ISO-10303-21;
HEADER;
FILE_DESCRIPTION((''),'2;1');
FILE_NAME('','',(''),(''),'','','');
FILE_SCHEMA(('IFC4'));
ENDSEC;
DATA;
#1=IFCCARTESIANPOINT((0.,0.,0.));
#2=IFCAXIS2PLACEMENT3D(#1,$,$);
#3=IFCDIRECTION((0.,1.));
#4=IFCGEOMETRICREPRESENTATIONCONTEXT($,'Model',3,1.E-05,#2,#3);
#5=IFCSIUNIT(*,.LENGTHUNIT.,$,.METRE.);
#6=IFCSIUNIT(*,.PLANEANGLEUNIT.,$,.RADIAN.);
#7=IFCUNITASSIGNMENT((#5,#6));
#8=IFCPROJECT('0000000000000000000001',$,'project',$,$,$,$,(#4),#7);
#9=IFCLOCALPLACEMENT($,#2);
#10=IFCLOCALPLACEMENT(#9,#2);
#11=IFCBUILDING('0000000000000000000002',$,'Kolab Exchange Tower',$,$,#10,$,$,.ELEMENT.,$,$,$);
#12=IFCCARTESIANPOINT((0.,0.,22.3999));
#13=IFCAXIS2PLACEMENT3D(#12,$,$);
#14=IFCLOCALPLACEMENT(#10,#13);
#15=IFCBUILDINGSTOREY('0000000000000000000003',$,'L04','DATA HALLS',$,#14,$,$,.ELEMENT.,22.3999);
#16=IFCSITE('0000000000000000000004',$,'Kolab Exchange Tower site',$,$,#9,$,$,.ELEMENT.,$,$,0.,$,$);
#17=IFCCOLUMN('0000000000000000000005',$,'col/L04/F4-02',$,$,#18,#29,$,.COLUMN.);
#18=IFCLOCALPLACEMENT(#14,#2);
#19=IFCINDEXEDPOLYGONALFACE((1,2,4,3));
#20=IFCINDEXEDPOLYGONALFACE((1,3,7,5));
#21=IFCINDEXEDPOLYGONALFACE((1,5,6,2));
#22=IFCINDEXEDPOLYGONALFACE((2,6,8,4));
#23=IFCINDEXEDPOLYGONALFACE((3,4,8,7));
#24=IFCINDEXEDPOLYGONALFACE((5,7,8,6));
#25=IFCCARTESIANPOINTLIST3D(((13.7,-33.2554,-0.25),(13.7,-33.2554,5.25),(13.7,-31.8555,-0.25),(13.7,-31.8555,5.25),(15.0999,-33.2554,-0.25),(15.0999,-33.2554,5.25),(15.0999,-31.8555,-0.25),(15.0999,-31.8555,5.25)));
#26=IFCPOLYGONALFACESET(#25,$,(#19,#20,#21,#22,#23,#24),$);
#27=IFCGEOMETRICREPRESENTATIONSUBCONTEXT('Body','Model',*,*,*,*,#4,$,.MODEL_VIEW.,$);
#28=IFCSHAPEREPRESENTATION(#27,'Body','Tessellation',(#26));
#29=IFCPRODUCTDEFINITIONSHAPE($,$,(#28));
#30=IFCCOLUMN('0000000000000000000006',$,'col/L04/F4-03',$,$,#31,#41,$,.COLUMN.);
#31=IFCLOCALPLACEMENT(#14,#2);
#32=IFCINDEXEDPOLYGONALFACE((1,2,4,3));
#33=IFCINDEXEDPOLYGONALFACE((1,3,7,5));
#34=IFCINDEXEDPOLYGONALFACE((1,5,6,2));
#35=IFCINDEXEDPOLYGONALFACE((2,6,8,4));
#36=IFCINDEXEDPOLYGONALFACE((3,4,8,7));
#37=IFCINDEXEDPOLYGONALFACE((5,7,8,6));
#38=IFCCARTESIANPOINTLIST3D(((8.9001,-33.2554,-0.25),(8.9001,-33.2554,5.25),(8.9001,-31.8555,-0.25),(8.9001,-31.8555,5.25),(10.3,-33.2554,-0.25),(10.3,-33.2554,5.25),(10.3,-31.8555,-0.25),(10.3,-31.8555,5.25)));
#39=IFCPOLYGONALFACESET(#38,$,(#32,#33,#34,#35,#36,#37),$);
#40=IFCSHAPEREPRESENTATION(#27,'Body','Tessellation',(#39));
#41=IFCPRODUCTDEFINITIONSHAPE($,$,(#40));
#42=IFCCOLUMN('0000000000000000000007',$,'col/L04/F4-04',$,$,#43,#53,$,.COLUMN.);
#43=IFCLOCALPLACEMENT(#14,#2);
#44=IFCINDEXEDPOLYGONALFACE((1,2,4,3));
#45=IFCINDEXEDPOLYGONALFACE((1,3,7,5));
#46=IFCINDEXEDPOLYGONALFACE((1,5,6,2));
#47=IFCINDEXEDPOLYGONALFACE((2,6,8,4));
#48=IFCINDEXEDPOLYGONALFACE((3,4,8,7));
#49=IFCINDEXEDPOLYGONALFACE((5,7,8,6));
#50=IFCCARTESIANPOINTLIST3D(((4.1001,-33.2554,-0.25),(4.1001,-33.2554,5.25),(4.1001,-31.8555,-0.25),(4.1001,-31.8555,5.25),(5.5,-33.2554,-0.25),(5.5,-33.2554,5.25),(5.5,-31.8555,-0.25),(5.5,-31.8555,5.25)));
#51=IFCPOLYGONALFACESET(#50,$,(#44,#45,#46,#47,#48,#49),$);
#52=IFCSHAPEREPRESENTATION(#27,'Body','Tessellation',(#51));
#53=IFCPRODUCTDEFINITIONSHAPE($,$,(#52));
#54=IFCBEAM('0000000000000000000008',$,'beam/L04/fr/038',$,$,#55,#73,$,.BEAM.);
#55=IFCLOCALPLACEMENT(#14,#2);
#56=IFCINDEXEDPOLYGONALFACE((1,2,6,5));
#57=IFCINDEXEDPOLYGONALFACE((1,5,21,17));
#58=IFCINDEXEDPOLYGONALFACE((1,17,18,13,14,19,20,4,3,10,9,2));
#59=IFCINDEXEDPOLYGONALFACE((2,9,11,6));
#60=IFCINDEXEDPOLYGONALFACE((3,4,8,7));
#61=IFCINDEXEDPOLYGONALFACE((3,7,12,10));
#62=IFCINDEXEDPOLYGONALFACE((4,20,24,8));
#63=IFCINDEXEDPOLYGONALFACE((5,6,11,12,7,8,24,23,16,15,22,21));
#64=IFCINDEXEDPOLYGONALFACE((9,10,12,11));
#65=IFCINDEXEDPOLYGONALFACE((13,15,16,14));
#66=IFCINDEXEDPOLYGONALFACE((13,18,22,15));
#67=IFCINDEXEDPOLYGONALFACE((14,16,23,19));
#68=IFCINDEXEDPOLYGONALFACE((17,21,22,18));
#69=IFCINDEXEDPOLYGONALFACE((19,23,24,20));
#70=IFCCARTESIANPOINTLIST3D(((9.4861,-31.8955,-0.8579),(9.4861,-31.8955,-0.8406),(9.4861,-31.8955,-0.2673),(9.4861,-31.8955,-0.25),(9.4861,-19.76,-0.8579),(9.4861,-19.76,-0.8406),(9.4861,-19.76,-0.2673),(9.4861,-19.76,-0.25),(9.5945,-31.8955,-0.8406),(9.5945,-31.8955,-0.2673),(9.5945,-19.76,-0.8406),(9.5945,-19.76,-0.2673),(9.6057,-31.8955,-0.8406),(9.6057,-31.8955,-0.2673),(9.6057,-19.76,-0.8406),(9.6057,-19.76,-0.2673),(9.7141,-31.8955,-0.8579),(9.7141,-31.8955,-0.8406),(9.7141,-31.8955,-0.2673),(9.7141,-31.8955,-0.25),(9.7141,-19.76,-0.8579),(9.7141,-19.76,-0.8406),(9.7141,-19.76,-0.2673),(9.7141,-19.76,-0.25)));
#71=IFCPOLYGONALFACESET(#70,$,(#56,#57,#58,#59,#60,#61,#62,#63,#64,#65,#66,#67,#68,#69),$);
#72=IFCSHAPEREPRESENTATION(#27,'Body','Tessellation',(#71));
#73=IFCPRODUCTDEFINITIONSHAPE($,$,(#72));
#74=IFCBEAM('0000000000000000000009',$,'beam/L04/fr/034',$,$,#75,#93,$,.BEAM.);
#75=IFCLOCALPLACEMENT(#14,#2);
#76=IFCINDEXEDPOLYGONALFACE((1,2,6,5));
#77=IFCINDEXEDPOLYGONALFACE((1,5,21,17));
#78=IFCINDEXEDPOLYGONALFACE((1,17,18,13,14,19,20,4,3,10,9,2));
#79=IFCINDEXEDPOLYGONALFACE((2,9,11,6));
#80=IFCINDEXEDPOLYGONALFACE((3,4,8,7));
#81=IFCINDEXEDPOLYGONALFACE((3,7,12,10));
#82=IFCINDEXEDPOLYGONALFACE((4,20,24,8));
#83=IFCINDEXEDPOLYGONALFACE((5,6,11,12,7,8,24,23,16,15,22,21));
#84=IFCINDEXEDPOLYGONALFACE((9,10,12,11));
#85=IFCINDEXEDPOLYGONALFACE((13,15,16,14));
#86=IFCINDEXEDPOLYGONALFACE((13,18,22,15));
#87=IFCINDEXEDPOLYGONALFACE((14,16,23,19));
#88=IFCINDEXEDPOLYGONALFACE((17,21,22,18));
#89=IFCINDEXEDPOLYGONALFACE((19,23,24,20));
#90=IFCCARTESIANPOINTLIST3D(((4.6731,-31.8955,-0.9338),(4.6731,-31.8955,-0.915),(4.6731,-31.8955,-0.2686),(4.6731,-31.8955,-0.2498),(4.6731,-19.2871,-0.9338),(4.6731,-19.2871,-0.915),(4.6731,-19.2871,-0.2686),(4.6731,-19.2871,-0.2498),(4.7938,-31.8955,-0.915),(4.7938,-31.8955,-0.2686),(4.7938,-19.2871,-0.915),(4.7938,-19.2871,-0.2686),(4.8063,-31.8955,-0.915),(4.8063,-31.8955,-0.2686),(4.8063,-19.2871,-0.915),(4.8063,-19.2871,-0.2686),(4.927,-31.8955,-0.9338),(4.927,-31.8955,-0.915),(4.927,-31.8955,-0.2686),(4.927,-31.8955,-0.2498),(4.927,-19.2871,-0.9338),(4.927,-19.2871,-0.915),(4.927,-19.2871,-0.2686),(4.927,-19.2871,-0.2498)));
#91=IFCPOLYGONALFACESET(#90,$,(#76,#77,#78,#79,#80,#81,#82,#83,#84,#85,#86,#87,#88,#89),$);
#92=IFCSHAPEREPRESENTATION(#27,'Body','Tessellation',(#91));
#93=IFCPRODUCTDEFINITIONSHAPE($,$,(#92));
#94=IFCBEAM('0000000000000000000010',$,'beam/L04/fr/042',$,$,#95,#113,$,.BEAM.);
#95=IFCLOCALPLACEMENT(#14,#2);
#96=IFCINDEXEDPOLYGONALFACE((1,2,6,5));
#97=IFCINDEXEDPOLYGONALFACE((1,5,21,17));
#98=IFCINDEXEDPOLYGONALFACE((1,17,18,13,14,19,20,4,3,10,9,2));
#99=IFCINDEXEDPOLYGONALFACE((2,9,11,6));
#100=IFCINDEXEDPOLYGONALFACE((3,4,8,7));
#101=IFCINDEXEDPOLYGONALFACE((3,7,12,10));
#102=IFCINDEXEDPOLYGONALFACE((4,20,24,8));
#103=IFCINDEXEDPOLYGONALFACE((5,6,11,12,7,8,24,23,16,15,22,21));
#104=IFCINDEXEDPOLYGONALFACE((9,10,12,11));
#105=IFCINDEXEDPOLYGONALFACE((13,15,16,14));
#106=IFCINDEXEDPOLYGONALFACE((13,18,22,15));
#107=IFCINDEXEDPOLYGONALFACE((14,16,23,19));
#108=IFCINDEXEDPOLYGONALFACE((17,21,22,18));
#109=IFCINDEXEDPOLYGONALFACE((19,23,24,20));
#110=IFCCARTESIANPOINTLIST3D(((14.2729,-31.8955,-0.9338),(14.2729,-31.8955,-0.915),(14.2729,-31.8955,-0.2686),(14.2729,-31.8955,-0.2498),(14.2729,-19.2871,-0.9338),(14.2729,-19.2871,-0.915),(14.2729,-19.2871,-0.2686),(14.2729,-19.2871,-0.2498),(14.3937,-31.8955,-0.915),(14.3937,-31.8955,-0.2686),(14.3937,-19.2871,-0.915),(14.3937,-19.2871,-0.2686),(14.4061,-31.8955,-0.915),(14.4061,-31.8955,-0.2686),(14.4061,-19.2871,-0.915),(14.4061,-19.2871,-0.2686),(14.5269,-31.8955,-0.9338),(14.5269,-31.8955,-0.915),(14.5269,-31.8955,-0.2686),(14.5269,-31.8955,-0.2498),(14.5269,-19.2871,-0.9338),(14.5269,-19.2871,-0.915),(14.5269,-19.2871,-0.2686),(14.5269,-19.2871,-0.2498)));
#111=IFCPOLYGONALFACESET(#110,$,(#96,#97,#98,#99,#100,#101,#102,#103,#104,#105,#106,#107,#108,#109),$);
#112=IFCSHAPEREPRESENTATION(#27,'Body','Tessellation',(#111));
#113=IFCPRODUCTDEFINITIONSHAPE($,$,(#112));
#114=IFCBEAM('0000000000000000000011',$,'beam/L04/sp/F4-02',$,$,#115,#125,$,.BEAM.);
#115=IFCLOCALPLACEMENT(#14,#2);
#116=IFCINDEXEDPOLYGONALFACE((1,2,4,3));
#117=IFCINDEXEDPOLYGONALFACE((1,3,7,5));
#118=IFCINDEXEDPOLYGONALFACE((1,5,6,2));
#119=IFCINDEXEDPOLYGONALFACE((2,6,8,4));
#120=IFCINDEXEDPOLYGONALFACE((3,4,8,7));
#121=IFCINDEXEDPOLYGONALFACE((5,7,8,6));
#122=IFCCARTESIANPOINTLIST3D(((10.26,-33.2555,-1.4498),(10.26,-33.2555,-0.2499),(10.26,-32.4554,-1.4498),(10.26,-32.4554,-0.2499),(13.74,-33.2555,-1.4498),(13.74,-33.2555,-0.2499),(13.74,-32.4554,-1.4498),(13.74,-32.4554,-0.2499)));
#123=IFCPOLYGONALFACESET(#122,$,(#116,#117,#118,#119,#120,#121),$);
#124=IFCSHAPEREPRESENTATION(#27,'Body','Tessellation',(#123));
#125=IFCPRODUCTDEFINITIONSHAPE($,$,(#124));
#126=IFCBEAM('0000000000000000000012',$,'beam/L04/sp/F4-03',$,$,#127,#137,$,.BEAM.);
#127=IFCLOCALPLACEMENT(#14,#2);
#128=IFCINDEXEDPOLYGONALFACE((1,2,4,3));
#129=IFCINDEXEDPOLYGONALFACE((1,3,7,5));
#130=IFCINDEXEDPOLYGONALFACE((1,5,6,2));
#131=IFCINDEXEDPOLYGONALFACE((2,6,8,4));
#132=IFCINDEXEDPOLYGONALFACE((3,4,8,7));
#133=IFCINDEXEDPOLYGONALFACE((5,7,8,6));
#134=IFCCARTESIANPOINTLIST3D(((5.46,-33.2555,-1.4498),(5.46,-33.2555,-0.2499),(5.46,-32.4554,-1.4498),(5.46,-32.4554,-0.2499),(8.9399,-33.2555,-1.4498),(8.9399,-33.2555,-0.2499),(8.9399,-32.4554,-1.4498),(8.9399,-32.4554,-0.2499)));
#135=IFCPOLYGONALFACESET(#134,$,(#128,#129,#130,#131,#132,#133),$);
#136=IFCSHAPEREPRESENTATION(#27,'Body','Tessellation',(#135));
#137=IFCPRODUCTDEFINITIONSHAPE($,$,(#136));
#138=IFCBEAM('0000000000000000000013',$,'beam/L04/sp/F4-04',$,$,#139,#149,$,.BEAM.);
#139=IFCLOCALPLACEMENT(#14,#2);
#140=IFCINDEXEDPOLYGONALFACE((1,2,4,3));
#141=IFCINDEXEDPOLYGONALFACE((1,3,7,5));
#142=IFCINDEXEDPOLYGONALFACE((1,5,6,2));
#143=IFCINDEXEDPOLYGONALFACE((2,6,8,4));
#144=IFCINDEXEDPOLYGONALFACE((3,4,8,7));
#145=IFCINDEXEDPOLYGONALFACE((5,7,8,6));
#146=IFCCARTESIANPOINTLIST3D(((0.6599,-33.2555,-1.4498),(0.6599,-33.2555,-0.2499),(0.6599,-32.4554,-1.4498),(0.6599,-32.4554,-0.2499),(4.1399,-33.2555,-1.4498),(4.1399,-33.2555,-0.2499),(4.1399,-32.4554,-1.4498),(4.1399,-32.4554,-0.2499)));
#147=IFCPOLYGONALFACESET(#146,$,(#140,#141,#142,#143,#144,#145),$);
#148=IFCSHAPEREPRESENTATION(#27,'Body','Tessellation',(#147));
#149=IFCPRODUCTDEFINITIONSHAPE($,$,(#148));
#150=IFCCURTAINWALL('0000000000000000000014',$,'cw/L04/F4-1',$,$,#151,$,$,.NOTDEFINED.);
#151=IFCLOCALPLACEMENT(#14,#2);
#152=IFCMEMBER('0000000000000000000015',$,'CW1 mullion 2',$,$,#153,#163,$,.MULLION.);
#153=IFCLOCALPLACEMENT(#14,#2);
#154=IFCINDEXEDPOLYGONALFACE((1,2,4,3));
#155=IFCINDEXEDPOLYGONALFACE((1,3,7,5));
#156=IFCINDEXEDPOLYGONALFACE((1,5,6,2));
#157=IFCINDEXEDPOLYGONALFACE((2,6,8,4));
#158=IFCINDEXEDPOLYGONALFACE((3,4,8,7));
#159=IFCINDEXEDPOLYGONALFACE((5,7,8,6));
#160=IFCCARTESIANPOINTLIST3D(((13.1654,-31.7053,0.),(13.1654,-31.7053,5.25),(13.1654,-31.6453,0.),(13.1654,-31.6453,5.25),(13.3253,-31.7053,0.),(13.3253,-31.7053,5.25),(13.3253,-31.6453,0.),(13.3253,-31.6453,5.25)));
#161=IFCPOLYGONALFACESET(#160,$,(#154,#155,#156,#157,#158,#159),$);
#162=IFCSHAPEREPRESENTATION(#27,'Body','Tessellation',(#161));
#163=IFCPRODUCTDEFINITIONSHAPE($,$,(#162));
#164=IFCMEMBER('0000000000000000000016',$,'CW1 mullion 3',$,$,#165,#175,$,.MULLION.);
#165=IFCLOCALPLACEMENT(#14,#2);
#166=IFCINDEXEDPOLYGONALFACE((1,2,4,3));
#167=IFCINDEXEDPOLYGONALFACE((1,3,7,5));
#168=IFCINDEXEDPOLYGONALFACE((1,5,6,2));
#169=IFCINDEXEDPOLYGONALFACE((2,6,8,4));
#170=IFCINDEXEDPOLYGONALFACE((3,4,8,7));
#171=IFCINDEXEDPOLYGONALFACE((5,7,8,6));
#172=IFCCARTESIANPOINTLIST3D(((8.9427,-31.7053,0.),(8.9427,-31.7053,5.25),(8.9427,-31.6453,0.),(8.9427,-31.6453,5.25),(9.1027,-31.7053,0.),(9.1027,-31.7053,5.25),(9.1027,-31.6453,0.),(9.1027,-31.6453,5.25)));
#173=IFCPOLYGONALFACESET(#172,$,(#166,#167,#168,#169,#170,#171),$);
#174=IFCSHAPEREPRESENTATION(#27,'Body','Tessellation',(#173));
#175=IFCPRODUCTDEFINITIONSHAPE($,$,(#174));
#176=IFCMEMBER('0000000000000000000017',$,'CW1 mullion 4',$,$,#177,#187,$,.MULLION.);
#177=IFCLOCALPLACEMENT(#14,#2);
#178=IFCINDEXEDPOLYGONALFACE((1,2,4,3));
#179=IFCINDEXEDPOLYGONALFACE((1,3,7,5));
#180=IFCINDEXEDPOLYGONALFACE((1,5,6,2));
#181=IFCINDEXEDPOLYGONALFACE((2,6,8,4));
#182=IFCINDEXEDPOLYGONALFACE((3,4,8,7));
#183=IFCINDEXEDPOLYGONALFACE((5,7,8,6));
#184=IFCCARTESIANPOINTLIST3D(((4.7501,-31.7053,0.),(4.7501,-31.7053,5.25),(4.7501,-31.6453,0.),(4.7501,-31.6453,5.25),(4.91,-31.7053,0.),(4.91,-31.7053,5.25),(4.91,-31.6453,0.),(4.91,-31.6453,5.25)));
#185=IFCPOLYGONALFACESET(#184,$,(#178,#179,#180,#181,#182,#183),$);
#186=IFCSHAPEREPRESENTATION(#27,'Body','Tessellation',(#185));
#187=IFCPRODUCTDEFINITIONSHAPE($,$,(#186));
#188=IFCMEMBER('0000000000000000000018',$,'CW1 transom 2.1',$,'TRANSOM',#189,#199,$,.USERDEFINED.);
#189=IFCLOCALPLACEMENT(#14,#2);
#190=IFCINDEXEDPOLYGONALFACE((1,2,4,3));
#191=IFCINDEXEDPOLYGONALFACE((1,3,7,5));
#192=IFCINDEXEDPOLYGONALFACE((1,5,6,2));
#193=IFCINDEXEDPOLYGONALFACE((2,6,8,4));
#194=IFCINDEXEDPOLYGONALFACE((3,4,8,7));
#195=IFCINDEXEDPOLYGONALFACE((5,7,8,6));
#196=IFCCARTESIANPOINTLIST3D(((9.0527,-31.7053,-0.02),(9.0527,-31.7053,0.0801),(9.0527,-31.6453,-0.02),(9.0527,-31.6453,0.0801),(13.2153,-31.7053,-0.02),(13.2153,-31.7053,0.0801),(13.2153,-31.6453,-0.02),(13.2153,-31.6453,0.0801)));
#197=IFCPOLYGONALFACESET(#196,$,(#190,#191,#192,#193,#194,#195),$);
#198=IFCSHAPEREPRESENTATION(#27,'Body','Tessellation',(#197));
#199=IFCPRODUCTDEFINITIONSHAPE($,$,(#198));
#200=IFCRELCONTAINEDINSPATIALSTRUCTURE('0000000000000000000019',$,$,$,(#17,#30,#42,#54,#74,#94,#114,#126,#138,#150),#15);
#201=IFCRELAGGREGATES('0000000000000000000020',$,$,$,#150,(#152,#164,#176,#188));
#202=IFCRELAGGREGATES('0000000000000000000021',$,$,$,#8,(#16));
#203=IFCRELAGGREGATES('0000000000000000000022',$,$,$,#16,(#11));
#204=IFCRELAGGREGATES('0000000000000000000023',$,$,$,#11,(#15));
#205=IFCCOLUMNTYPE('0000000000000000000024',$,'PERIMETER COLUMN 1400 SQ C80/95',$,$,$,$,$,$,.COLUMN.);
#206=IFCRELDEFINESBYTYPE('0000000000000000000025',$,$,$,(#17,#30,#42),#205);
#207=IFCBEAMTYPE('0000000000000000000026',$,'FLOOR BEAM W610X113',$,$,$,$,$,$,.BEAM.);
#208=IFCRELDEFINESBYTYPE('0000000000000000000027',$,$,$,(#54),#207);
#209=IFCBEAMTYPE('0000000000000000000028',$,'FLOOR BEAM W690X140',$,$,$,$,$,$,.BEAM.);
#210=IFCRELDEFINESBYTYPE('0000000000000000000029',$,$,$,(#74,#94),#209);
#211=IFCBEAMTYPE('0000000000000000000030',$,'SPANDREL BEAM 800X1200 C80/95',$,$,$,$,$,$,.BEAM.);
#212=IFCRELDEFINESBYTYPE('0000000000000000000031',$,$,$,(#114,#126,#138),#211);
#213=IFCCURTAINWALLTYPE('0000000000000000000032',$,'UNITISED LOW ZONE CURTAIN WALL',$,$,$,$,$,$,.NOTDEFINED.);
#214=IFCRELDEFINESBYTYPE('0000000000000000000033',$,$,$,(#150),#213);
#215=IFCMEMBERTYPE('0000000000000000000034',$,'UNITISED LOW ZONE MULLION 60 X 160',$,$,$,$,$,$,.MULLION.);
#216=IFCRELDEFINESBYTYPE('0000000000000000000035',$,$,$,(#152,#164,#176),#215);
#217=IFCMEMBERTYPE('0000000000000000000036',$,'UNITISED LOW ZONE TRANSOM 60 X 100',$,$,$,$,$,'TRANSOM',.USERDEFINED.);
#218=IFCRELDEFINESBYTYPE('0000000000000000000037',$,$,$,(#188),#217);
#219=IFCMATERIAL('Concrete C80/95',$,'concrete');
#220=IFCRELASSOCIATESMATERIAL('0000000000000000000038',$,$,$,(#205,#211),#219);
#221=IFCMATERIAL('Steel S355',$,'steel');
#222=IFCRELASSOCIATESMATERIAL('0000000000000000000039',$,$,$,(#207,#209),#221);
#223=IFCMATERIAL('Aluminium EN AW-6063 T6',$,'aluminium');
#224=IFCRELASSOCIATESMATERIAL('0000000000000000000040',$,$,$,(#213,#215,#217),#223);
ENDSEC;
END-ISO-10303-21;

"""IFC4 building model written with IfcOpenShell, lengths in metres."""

from ifc_helpers import new_model, si_unit, direction, frame, origin, origin_2d, place, context, subcontext, project, spatial, rectangle, i_section, extrude, material, material_profile, profile_set, type_object, element, aggregate, save


model = new_model("IFC4")

# Units and contexts
model_context = context("Model", 3, precision=1e-05, world=origin(), true_north=direction((0.0, 1.0)))
body_context = subcontext(model_context, "Body", "Model", "MODEL_VIEW")
ifc_project = project(units=[si_unit("LENGTHUNIT", "METRE"), si_unit("PLANEANGLEUNIT", "RADIAN")], contexts=[model_context])

# Site, building, storey
site_placement = place(None, origin())
site = spatial("IfcSite", under=ifc_project, at=site_placement, Name="Kolab Exchange Tower site", CompositionType="ELEMENT", RefElevation=0.0)
building_placement = place(site_placement, origin())
building = spatial("IfcBuilding", under=site, at=building_placement, Name="Kolab Exchange Tower", CompositionType="ELEMENT")
storey_placement = place(building_placement, frame((0.0, 0.0, 22.3999)))
storey = spatial("IfcBuildingStorey", under=building, at=storey_placement, Name="L04", Description="DATA HALLS", CompositionType="ELEMENT", Elevation=22.3999)

# Columns
ifc_material_1 = material(Name="Concrete C80/95", Category="concrete")
ifc_material_profile_1 = material_profile(ifc_material_1, rectangle(XDim=1.3999, YDim=1.3999, at=origin_2d()), Name="RC1400")
ifc_profile_set_1 = profile_set([ifc_material_profile_1], Name="Concrete C80/95")
column_type = type_object("IfcColumnType", Name="PERIMETER COLUMN 1400 SQ C80/95", PredefinedType="COLUMN", material=ifc_profile_set_1)
for number, where, z_axis, x_axis, name in (
    (1, (14.3999, -32.5554, -0.25), (0.0, 0.0, 1.0), (1.0, 0.0, 0.0), "col/L04/F4-02"),
    (2, (9.6001, -32.5554, -0.25), (0.0, 0.0, 1.0), (1.0, 0.0, 0.0), "col/L04/F4-03"),
    (3, (4.8, -32.5554, -0.25), (0.0, 0.0, 1.0), (1.0, 0.0, 0.0), "col/L04/F4-04"),
):
    element("IfcColumn", number, at=place(storey_placement, frame(where, z_axis=z_axis, x_axis=x_axis)), inside=storey, type_object=column_type, Name=name, PredefinedType="COLUMN", context=body_context, shape_type="SweptSolid", body=[
        extrude(rectangle(XDim=1.3999, YDim=1.3999, at=origin_2d()), origin(), (0.0, 0.0, 1.0), 5.5),
    ])

# Beams
ifc_material_2 = material(Name="Steel S355", Category="steel")
ifc_material_profile_2 = material_profile(ifc_material_2, i_section(OverallWidth=0.228, OverallDepth=0.6079, WebThickness=0.0112, FlangeThickness=0.0173, at=origin_2d()), Name="W610X113")
ifc_profile_set_2 = profile_set([ifc_material_profile_2], Name="Steel S355")
beam_type_1 = type_object("IfcBeamType", Name="FLOOR BEAM W610X113", PredefinedType="BEAM", material=ifc_profile_set_2)
beam_placement = place(storey_placement, frame((9.6001, -31.8955, -0.554), z_axis=(0.0, 1.0, 0.0), x_axis=(-1.0, 0.0, 0.0)))
element("IfcBeam", 4, at=beam_placement, inside=storey, type_object=beam_type_1, Name="beam/L04/fr/038", PredefinedType="BEAM", context=body_context, shape_type="SweptSolid", body=[
    extrude(i_section(OverallWidth=0.228, OverallDepth=0.6079, WebThickness=0.0112, FlangeThickness=0.0173, at=origin_2d()), origin(), (0.0, 0.0, 1.0), 12.1355),
])
ifc_material_profile_3 = material_profile(ifc_material_2, i_section(OverallWidth=0.2539, OverallDepth=0.6841, WebThickness=0.0125, FlangeThickness=0.0188, at=origin_2d()), Name="W690X140")
ifc_profile_set_3 = profile_set([ifc_material_profile_3], Name="Steel S355")
beam_type_2 = type_object("IfcBeamType", Name="FLOOR BEAM W690X140", PredefinedType="BEAM", material=ifc_profile_set_3)
for number, where, z_axis, x_axis, name in (
    (5, (4.8, -31.8955, -0.5918), (0.0, 1.0, 0.0), (-1.0, 0.0, 0.0), "beam/L04/fr/034"),
    (6, (14.3999, -31.8955, -0.5918), (0.0, 1.0, 0.0), (-1.0, 0.0, 0.0), "beam/L04/fr/042"),
):
    element("IfcBeam", number, at=place(storey_placement, frame(where, z_axis=z_axis, x_axis=x_axis)), inside=storey, type_object=beam_type_2, Name=name, PredefinedType="BEAM", context=body_context, shape_type="SweptSolid", body=[
        extrude(i_section(OverallWidth=0.2539, OverallDepth=0.6841, WebThickness=0.0125, FlangeThickness=0.0188, at=origin_2d()), origin(), (0.0, 0.0, 1.0), 12.6084),
    ])
ifc_material_profile_4 = material_profile(ifc_material_1, rectangle(XDim=0.8, YDim=1.2, at=origin_2d()), Name="RC800X1200")
ifc_profile_set_4 = profile_set([ifc_material_profile_4], Name="Concrete C80/95")
beam_type_3 = type_object("IfcBeamType", Name="SPANDREL BEAM 800X1200 C80/95", PredefinedType="BEAM", material=ifc_profile_set_4)
for number, where, z_axis, x_axis, name in (
    (7, (13.74, -32.8555, -0.8499), (-1.0, 0.0, 0.0), (0.0, -1.0, 0.0), "beam/L04/sp/F4-02"),
    (8, (8.9399, -32.8555, -0.8499), (-1.0, 0.0, 0.0), (0.0, -1.0, 0.0), "beam/L04/sp/F4-03"),
    (9, (4.1399, -32.8555, -0.8499), (-1.0, 0.0, 0.0), (0.0, -1.0, 0.0), "beam/L04/sp/F4-04"),
):
    element("IfcBeam", number, at=place(storey_placement, frame(where, z_axis=z_axis, x_axis=x_axis)), inside=storey, type_object=beam_type_3, Name=name, PredefinedType="BEAM", context=body_context, shape_type="SweptSolid", body=[
        extrude(rectangle(XDim=0.8, YDim=1.2, at=origin_2d()), origin(), (0.0, 0.0, 1.0), 3.48),
    ])

# Curtain wall, members
ifc_material_3 = material(Name="Aluminium EN AW-6063 T6", Category="aluminium")
curtain_wall_type = type_object("IfcCurtainWallType", Name="UNITISED LOW ZONE CURTAIN WALL", PredefinedType="NOTDEFINED", material=ifc_material_3)
curtain_wall_placement = place(storey_placement, origin())
curtain_wall = element("IfcCurtainWall", 10, at=curtain_wall_placement, inside=storey, type_object=curtain_wall_type, Name="cw/L04/F4-1", PredefinedType="NOTDEFINED")
ifc_material_profile_5 = material_profile(ifc_material_3, rectangle(XDim=0.0601, YDim=0.1599, at=origin_2d()), Name="RECT 60X160")
ifc_profile_set_5 = profile_set([ifc_material_profile_5], Name="Aluminium EN AW-6063 T6")
member_type_1 = type_object("IfcMemberType", Name="UNITISED LOW ZONE MULLION 60 X 160", PredefinedType="MULLION", material=ifc_profile_set_5)
member_1_placement = place(storey_placement, frame((13.2454, -31.6753, 0.0), z_axis=(0.0, 0.0, 1.0), x_axis=(0.0, -1.0, 0.0)))
member_1 = element("IfcMember", 11, at=member_1_placement, type_object=member_type_1, Name="CW1 mullion 2", PredefinedType="MULLION", context=body_context, shape_type="SweptSolid", body=[
    extrude(rectangle(XDim=0.0601, YDim=0.1599, at=origin_2d()), origin(), (0.0, 0.0, 1.0), 5.25),
])
member_2_placement = place(storey_placement, frame((9.0227, -31.6753, 0.0), z_axis=(0.0, 0.0, 1.0), x_axis=(0.0, -1.0, 0.0)))
member_2 = element("IfcMember", 12, at=member_2_placement, type_object=member_type_1, Name="CW1 mullion 3", PredefinedType="MULLION", context=body_context, shape_type="SweptSolid", body=[
    extrude(rectangle(XDim=0.0601, YDim=0.1599, at=origin_2d()), origin(), (0.0, 0.0, 1.0), 5.25),
])
member_3_placement = place(storey_placement, frame((4.8301, -31.6753, 0.0), z_axis=(0.0, 0.0, 1.0), x_axis=(0.0, -1.0, 0.0)))
member_3 = element("IfcMember", 13, at=member_3_placement, type_object=member_type_1, Name="CW1 mullion 4", PredefinedType="MULLION", context=body_context, shape_type="SweptSolid", body=[
    extrude(rectangle(XDim=0.0601, YDim=0.1599, at=origin_2d()), origin(), (0.0, 0.0, 1.0), 5.25),
])
ifc_material_profile_6 = material_profile(ifc_material_3, rectangle(XDim=0.0601, YDim=0.1001, at=origin_2d()), Name="RECT 60X100")
ifc_profile_set_6 = profile_set([ifc_material_profile_6], Name="Aluminium EN AW-6063 T6")
member_type_2 = type_object("IfcMemberType", Name="UNITISED LOW ZONE TRANSOM 60 X 100", ElementType="TRANSOM", PredefinedType="USERDEFINED", material=ifc_profile_set_6)
member_4_placement = place(storey_placement, frame((13.2153, -31.6753, 0.03), z_axis=(-1.0, 0.0, 0.0), x_axis=(0.0, -1.0, 0.0)))
member_4 = element("IfcMember", 14, at=member_4_placement, type_object=member_type_2, Name="CW1 transom 2.1", ObjectType="TRANSOM", PredefinedType="USERDEFINED", context=body_context, shape_type="SweptSolid", body=[
    extrude(rectangle(XDim=0.0601, YDim=0.1001, at=origin_2d()), origin(), (0.0, 0.0, 1.0), 4.1626),
])
aggregate(curtain_wall, [member_1, member_2, member_3, member_4])

save(model, "model.ifc")
